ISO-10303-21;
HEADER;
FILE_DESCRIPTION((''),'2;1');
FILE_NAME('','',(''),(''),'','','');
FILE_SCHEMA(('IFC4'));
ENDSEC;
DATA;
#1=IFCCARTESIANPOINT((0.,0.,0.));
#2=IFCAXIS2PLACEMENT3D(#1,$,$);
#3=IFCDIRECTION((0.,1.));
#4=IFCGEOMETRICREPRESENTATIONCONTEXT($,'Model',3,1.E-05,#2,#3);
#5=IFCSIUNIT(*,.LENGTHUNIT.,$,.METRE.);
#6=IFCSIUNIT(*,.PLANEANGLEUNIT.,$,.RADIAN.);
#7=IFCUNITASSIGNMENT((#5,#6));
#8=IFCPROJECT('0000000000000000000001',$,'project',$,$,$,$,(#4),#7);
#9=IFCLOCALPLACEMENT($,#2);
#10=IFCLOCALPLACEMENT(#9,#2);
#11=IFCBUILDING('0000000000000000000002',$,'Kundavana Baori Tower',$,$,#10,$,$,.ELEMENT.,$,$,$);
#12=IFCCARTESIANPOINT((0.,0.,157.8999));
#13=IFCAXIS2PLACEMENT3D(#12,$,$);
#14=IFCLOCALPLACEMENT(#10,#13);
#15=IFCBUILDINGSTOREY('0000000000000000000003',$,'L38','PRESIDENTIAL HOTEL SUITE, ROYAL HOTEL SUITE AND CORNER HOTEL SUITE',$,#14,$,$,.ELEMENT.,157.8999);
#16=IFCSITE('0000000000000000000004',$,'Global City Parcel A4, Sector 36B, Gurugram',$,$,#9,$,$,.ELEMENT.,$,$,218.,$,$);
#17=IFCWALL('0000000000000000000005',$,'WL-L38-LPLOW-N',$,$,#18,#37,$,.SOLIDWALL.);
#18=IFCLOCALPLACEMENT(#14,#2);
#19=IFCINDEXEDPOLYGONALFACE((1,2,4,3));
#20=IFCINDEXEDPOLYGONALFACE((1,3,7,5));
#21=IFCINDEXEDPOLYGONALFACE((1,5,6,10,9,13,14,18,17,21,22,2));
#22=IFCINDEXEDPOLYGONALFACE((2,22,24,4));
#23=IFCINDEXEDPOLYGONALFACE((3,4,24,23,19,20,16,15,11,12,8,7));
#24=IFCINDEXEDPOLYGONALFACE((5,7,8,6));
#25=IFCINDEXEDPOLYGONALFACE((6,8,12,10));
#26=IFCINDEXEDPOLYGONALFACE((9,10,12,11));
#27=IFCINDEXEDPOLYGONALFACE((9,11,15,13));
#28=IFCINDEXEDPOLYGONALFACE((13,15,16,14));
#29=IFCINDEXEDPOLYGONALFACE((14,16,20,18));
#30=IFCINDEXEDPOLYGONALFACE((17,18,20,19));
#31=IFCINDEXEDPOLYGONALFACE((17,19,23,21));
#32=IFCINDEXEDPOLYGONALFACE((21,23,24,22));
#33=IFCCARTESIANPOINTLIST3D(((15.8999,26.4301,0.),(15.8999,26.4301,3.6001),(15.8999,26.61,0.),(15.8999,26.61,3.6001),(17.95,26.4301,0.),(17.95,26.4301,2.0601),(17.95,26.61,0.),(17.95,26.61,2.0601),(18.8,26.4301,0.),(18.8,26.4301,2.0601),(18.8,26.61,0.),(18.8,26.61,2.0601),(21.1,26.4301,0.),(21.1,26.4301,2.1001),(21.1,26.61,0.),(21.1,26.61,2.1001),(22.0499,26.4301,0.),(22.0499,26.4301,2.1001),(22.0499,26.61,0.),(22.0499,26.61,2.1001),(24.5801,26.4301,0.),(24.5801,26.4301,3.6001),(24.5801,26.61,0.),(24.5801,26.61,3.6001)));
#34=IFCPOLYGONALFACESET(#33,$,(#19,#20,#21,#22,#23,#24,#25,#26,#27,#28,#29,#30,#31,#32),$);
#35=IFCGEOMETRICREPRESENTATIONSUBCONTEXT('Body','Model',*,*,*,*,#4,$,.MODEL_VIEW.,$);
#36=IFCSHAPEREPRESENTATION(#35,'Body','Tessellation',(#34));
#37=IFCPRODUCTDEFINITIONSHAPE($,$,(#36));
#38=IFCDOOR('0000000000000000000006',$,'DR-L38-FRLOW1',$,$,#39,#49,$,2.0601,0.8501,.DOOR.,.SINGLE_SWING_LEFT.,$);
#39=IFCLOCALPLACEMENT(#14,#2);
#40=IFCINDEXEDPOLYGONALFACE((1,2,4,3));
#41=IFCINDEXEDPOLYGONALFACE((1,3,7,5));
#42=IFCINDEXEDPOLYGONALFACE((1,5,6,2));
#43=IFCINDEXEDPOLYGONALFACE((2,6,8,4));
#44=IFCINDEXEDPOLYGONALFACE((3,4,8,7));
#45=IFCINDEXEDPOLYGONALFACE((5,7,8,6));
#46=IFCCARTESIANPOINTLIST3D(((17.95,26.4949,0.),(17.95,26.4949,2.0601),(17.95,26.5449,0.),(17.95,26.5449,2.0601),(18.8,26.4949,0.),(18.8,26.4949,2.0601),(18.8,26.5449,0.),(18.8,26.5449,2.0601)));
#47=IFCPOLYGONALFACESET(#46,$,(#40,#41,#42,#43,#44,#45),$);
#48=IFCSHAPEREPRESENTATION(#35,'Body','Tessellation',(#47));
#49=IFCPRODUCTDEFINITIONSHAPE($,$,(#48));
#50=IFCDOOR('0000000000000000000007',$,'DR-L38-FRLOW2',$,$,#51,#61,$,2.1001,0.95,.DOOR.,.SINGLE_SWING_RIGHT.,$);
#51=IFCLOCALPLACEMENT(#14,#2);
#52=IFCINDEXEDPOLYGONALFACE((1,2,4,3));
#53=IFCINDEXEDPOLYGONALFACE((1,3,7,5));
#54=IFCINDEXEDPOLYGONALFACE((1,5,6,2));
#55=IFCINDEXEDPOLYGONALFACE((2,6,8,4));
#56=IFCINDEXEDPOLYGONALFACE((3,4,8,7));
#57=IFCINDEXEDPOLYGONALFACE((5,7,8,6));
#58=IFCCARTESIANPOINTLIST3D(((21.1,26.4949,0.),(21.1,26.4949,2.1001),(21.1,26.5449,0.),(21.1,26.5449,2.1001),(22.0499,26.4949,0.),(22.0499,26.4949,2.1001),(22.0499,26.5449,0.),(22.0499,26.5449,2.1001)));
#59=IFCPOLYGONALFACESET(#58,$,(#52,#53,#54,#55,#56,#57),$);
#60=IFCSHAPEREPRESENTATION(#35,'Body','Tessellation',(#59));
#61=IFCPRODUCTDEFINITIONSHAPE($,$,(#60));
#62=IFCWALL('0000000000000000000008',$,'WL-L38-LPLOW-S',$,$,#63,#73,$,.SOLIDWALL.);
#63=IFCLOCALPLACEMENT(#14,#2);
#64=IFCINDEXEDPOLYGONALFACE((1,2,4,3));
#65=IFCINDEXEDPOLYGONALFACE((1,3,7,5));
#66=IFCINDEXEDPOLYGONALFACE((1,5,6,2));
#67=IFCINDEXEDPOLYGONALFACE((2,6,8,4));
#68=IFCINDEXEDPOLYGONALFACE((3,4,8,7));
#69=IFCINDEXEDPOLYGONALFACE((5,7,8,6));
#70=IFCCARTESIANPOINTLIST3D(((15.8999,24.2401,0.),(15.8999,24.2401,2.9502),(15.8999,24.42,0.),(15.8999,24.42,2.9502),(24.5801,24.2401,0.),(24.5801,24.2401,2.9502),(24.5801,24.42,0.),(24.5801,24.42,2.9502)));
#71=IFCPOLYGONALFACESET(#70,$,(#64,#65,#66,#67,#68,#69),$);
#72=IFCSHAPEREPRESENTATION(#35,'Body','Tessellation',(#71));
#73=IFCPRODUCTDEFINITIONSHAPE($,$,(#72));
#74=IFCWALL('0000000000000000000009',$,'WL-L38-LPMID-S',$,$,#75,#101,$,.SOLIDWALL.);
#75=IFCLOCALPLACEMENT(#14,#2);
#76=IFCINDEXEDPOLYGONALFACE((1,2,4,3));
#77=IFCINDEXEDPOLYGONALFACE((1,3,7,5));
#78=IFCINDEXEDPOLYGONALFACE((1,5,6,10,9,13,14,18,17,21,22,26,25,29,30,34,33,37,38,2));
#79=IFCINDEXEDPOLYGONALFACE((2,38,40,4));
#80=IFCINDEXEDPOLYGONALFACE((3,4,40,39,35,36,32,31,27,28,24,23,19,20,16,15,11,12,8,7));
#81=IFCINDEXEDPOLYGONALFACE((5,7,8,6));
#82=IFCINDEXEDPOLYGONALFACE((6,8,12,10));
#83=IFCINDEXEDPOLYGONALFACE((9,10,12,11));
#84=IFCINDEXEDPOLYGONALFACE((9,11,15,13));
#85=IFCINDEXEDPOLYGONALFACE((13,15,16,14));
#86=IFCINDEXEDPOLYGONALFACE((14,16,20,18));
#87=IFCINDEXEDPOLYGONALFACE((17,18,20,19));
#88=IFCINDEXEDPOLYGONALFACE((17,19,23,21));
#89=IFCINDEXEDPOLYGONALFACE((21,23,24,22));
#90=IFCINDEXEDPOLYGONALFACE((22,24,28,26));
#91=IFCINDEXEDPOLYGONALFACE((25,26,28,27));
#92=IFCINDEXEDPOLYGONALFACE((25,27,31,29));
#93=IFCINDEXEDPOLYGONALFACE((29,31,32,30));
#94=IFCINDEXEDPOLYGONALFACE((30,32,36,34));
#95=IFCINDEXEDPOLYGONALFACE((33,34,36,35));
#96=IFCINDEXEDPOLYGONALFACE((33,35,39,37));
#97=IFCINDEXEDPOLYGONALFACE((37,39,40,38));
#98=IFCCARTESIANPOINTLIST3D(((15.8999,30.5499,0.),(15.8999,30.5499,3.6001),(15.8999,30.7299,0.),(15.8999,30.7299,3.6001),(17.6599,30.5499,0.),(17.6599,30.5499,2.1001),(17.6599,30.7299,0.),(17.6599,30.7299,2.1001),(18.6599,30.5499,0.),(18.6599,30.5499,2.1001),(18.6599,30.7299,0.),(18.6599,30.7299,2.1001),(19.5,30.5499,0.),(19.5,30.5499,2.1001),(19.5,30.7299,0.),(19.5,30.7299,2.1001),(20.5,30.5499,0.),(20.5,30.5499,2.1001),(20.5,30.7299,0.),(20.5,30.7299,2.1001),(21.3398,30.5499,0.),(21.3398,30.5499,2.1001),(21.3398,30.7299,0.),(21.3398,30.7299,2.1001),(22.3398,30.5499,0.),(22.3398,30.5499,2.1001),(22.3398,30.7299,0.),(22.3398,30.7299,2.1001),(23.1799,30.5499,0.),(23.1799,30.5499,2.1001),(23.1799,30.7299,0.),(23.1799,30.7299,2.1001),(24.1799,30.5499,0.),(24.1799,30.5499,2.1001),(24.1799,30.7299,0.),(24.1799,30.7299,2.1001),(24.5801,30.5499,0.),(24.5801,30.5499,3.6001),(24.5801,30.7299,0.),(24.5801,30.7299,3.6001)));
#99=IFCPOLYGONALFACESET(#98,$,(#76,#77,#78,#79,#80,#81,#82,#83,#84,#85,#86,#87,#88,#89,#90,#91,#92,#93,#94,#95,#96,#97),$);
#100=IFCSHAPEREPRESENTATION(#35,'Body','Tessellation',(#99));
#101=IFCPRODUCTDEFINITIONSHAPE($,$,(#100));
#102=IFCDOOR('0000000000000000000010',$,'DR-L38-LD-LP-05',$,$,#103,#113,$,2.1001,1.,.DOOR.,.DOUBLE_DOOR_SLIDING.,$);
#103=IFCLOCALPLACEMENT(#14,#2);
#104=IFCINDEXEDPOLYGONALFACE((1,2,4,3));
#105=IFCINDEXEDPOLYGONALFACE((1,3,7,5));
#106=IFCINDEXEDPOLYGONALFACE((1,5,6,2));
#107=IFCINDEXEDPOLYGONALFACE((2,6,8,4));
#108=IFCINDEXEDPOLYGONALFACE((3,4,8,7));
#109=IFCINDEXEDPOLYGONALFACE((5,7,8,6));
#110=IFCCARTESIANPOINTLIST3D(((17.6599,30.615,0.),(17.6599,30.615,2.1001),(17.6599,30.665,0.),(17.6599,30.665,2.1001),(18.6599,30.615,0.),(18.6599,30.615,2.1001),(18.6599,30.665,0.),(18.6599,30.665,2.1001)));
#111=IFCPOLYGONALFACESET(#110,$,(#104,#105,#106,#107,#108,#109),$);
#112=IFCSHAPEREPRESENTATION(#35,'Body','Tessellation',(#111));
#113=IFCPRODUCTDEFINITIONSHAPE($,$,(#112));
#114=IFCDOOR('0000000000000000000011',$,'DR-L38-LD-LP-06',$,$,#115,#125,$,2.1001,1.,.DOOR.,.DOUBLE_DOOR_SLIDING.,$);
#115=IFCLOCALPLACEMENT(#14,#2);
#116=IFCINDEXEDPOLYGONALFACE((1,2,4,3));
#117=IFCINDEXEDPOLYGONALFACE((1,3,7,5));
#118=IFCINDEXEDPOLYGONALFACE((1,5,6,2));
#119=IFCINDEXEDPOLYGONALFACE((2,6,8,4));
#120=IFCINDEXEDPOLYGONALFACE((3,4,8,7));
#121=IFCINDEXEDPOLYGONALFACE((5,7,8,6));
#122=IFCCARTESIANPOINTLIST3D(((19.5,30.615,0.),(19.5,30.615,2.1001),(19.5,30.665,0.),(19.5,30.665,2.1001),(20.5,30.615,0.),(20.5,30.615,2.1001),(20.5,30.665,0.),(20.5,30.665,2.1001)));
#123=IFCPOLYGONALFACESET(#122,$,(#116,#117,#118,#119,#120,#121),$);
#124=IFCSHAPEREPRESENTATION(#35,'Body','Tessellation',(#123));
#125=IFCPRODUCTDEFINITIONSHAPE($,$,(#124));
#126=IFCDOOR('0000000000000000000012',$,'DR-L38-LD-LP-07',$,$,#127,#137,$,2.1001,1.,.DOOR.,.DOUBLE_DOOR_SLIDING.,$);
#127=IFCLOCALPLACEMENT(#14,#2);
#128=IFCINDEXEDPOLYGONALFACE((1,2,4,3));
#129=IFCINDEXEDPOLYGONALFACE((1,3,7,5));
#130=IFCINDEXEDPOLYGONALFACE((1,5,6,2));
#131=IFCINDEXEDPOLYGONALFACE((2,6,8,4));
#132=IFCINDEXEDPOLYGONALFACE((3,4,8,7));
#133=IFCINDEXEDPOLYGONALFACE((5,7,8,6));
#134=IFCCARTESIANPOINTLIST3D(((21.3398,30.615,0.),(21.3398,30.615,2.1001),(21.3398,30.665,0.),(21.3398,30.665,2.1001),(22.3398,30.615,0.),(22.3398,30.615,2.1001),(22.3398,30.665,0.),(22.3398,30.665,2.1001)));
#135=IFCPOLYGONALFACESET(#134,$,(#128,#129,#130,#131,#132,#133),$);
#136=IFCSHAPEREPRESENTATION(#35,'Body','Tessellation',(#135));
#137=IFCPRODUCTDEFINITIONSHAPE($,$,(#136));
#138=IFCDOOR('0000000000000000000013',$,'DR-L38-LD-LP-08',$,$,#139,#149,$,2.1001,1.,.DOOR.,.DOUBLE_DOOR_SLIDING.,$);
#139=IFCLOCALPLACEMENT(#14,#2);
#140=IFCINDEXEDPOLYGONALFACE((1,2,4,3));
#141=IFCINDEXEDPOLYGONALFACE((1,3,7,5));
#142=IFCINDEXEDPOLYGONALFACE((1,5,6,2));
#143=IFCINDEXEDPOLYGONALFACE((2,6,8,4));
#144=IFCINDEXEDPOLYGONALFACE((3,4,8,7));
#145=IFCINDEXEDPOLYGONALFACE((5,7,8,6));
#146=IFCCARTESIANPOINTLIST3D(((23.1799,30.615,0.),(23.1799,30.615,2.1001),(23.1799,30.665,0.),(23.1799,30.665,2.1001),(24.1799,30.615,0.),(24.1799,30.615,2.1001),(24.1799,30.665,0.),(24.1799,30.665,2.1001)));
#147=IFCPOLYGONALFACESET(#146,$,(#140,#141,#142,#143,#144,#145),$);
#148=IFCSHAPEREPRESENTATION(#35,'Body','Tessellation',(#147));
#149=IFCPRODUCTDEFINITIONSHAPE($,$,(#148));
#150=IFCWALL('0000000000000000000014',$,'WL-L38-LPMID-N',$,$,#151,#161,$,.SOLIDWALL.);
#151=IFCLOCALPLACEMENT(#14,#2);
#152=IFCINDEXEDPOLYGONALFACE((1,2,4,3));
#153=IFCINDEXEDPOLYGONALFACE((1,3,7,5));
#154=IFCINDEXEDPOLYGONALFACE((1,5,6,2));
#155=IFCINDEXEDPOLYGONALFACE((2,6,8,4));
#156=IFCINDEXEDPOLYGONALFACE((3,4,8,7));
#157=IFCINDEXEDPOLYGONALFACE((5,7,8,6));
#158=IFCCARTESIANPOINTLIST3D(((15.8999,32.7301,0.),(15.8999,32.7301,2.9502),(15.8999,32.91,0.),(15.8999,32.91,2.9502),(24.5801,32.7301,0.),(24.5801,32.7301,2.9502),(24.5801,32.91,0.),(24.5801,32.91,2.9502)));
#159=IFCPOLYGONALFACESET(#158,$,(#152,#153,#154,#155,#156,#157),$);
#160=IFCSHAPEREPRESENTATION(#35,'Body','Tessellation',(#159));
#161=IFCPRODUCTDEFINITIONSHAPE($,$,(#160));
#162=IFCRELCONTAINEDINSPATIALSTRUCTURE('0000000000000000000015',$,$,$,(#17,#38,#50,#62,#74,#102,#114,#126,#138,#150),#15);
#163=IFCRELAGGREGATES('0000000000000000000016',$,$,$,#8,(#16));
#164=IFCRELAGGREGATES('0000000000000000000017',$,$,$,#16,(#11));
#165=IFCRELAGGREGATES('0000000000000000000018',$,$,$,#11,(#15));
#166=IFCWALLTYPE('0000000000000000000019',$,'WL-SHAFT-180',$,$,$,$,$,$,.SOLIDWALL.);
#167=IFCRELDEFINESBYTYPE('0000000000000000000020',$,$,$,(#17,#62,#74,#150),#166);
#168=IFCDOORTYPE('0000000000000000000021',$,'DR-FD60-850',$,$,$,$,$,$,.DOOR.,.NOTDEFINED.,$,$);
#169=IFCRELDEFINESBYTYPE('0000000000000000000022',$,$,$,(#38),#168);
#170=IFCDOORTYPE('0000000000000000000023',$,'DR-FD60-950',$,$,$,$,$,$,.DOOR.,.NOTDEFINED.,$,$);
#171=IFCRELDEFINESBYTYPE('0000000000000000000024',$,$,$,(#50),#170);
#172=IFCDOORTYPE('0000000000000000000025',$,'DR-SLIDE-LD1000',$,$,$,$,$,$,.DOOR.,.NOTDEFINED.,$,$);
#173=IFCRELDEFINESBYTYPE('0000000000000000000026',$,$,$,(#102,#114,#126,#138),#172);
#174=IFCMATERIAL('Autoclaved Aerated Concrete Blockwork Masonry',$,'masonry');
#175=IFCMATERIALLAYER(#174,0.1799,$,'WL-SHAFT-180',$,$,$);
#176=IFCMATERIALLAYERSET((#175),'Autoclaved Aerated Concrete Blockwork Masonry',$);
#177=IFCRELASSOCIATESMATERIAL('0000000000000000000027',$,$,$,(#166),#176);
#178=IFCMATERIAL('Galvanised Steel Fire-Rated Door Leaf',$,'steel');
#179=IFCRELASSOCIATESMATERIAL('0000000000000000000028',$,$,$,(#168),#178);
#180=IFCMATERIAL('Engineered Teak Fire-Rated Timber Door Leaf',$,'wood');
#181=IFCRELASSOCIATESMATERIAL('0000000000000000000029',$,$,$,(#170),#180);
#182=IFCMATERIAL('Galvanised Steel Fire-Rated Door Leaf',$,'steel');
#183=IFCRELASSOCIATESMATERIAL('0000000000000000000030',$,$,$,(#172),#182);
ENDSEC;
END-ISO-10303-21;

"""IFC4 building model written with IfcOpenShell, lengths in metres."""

from ifc_helpers import new_model, si_unit, direction, frame, frame_2d, origin, place, context, subcontext, project, spatial, rectangle, extrude, material, layer, layer_set, type_object, element, fill, save


model = new_model("IFC4")

# Units and contexts
model_context = context("Model", 3, precision=1e-05, world=origin(), true_north=direction((0.0, 1.0)))
body_context = subcontext(model_context, "Body", "Model", "MODEL_VIEW")
ifc_project = project(units=[si_unit("LENGTHUNIT", "METRE"), si_unit("PLANEANGLEUNIT", "RADIAN")], contexts=[model_context])

# Site, building, storey
site_placement = place(None, origin())
site = spatial("IfcSite", under=ifc_project, at=site_placement, Name="Global City Parcel A4, Sector 36B, Gurugram", CompositionType="ELEMENT", RefElevation=218.0)
building_placement = place(site_placement, origin())
building = spatial("IfcBuilding", under=site, at=building_placement, Name="Kundavana Baori Tower", CompositionType="ELEMENT")
storey_placement = place(building_placement, frame((0.0, 0.0, 157.8999)))
storey = spatial("IfcBuildingStorey", under=building, at=storey_placement, Name="L38", Description="PRESIDENTIAL HOTEL SUITE, ROYAL HOTEL SUITE AND CORNER HOTEL SUITE", CompositionType="ELEMENT", Elevation=157.8999)

# Wall, openings, doors
ifc_material_1 = material(Name="Autoclaved Aerated Concrete Blockwork Masonry", Category="masonry")
ifc_layer_1 = layer(ifc_material_1, 0.1799, Name="WL-SHAFT-180")
ifc_layer_set_1 = layer_set([ifc_layer_1], Name="Autoclaved Aerated Concrete Blockwork Masonry")
wall_type_1 = type_object("IfcWallType", Name="WL-SHAFT-180", PredefinedType="SOLIDWALL", material=ifc_layer_set_1)
wall_1_placement = place(storey_placement, frame((15.8999, 26.52, 0.0), z_axis=(0.0, 0.0, 1.0), x_axis=(1.0, 0.0, 0.0)))
wall_1 = element("IfcWall", 1, at=wall_1_placement, inside=storey, type_object=wall_type_1, Name="WL-L38-LPLOW-N", PredefinedType="SOLIDWALL", context=body_context, shape_type="SweptSolid", body=[
    extrude(rectangle(XDim=8.6802, YDim=0.1799, at=frame_2d((4.3401, 0.0))), origin(), (0.0, 0.0, 1.0), 3.6001),
])
opening_1_placement = place(wall_1_placement, frame((2.05, 0.0, 0.0)))
opening_1 = element("IfcOpeningElement", 2, at=opening_1_placement, cuts=wall_1, PredefinedType="OPENING", context=body_context, shape_type="SweptSolid", body=[
    extrude(rectangle(XDim=0.8501, YDim=2.0601, at=frame_2d((0.425, 1.03))), frame((0.0, 0.1001, 0.0), z_axis=(0.0, -1.0, 0.0), x_axis=(1.0, 0.0, 0.0)), (0.0, 0.0, 1.0), 0.2),
])
opening_2_placement = place(wall_1_placement, frame((5.2, 0.0, 0.0)))
opening_2 = element("IfcOpeningElement", 3, at=opening_2_placement, cuts=wall_1, PredefinedType="OPENING", context=body_context, shape_type="SweptSolid", body=[
    extrude(rectangle(XDim=0.95, YDim=2.1001, at=frame_2d((0.4751, 1.05))), frame((0.0, 0.1001, 0.0), z_axis=(0.0, -1.0, 0.0), x_axis=(1.0, 0.0, 0.0)), (0.0, 0.0, 1.0), 0.2),
])
ifc_material_2 = material(Name="Galvanised Steel Fire-Rated Door Leaf", Category="steel")
door_type_1 = type_object("IfcDoorType", Name="DR-FD60-850", OperationType="NOTDEFINED", PredefinedType="DOOR", material=ifc_material_2)
door_1_placement = place(opening_1_placement, origin())
door_1 = element("IfcDoor", 4, at=door_1_placement, inside=storey, type_object=door_type_1, Name="DR-L38-FRLOW1", OperationType="SINGLE_SWING_LEFT", OverallHeight=2.0601, OverallWidth=0.8501, PredefinedType="DOOR", context=body_context, shape_type="SweptSolid", body=[
    extrude(rectangle(XDim=0.8501, YDim=2.0601, at=frame_2d((0.425, 1.03))), frame((0.0, 0.0249, 0.0), z_axis=(0.0, -1.0, 0.0), x_axis=(1.0, 0.0, 0.0)), (0.0, 0.0, 1.0), 0.05),
])
fill(opening_1, door_1)
ifc_material_3 = material(Name="Engineered Teak Fire-Rated Timber Door Leaf", Category="wood")
door_type_2 = type_object("IfcDoorType", Name="DR-FD60-950", OperationType="NOTDEFINED", PredefinedType="DOOR", material=ifc_material_3)
door_2_placement = place(opening_2_placement, origin())
door_2 = element("IfcDoor", 5, at=door_2_placement, inside=storey, type_object=door_type_2, Name="DR-L38-FRLOW2", OperationType="SINGLE_SWING_RIGHT", OverallHeight=2.1001, OverallWidth=0.95, PredefinedType="DOOR", context=body_context, shape_type="SweptSolid", body=[
    extrude(rectangle(XDim=0.95, YDim=2.1001, at=frame_2d((0.4751, 1.05))), frame((0.0, 0.0249, 0.0), z_axis=(0.0, -1.0, 0.0), x_axis=(1.0, 0.0, 0.0)), (0.0, 0.0, 1.0), 0.05),
])
fill(opening_2, door_2)

# Wall
wall_2_placement = place(storey_placement, frame((15.8999, 24.3301, 0.0), z_axis=(0.0, 0.0, 1.0), x_axis=(1.0, 0.0, 0.0)))
element("IfcWall", 6, at=wall_2_placement, inside=storey, type_object=wall_type_1, Name="WL-L38-LPLOW-S", PredefinedType="SOLIDWALL", context=body_context, shape_type="SweptSolid", body=[
    extrude(rectangle(XDim=8.6802, YDim=0.1799, at=frame_2d((4.3401, 0.0))), origin(), (0.0, 0.0, 1.0), 2.9502),
])

# Wall, openings, doors
wall_3_placement = place(storey_placement, frame((15.8999, 30.6399, 0.0), z_axis=(0.0, 0.0, 1.0), x_axis=(1.0, 0.0, 0.0)))
wall_3 = element("IfcWall", 7, at=wall_3_placement, inside=storey, type_object=wall_type_1, Name="WL-L38-LPMID-S", PredefinedType="SOLIDWALL", context=body_context, shape_type="SweptSolid", body=[
    extrude(rectangle(XDim=8.6802, YDim=0.1799, at=frame_2d((4.3401, 0.0))), origin(), (0.0, 0.0, 1.0), 3.6001),
])
opening_3_placement = place(wall_3_placement, frame((1.76, 0.0, 0.0)))
opening_3 = element("IfcOpeningElement", 8, at=opening_3_placement, cuts=wall_3, PredefinedType="OPENING", context=body_context, shape_type="SweptSolid", body=[
    extrude(rectangle(XDim=1.0, YDim=2.1001, at=frame_2d((0.5, 1.05))), frame((0.0, 0.1001, 0.0), z_axis=(0.0, -1.0, 0.0), x_axis=(1.0, 0.0, 0.0)), (0.0, 0.0, 1.0), 0.2),
])
opening_4_placement = place(wall_3_placement, frame((3.6001, 0.0, 0.0)))
opening_4 = element("IfcOpeningElement", 9, at=opening_4_placement, cuts=wall_3, PredefinedType="OPENING", context=body_context, shape_type="SweptSolid", body=[
    extrude(rectangle(XDim=1.0, YDim=2.1001, at=frame_2d((0.5, 1.05))), frame((0.0, 0.1001, 0.0), z_axis=(0.0, -1.0, 0.0), x_axis=(1.0, 0.0, 0.0)), (0.0, 0.0, 1.0), 0.2),
])
opening_5_placement = place(wall_3_placement, frame((5.4399, 0.0, 0.0)))
opening_5 = element("IfcOpeningElement", 10, at=opening_5_placement, cuts=wall_3, PredefinedType="OPENING", context=body_context, shape_type="SweptSolid", body=[
    extrude(rectangle(XDim=1.0, YDim=2.1001, at=frame_2d((0.5, 1.05))), frame((0.0, 0.1001, 0.0), z_axis=(0.0, -1.0, 0.0), x_axis=(1.0, 0.0, 0.0)), (0.0, 0.0, 1.0), 0.2),
])
opening_6_placement = place(wall_3_placement, frame((7.28, 0.0, 0.0)))
opening_6 = element("IfcOpeningElement", 11, at=opening_6_placement, cuts=wall_3, PredefinedType="OPENING", context=body_context, shape_type="SweptSolid", body=[
    extrude(rectangle(XDim=1.0, YDim=2.1001, at=frame_2d((0.5, 1.05))), frame((0.0, 0.1001, 0.0), z_axis=(0.0, -1.0, 0.0), x_axis=(1.0, 0.0, 0.0)), (0.0, 0.0, 1.0), 0.2),
])
ifc_material_4 = material(Name="Galvanised Steel Fire-Rated Door Leaf", Category="steel")
door_type_3 = type_object("IfcDoorType", Name="DR-SLIDE-LD1000", OperationType="NOTDEFINED", PredefinedType="DOOR", material=ifc_material_4)
door_3_placement = place(opening_3_placement, frame((1.0, 0.0, 0.0), z_axis=(0.0, 0.0, 1.0), x_axis=(-1.0, 0.0, 0.0)))
door_3 = element("IfcDoor", 12, at=door_3_placement, inside=storey, type_object=door_type_3, Name="DR-L38-LD-LP-05", OperationType="DOUBLE_DOOR_SLIDING", OverallHeight=2.1001, OverallWidth=1.0, PredefinedType="DOOR", context=body_context, shape_type="SweptSolid", body=[
    extrude(rectangle(XDim=1.0, YDim=2.1001, at=frame_2d((0.5, 1.05))), frame((0.0, 0.0249, 0.0), z_axis=(0.0, -1.0, 0.0), x_axis=(1.0, 0.0, 0.0)), (0.0, 0.0, 1.0), 0.05),
])
fill(opening_3, door_3)
door_4_placement = place(opening_4_placement, frame((1.0, 0.0, 0.0), z_axis=(0.0, 0.0, 1.0), x_axis=(-1.0, 0.0, 0.0)))
door_4 = element("IfcDoor", 13, at=door_4_placement, inside=storey, type_object=door_type_3, Name="DR-L38-LD-LP-06", OperationType="DOUBLE_DOOR_SLIDING", OverallHeight=2.1001, OverallWidth=1.0, PredefinedType="DOOR", context=body_context, shape_type="SweptSolid", body=[
    extrude(rectangle(XDim=1.0, YDim=2.1001, at=frame_2d((0.5, 1.05))), frame((0.0, 0.0249, 0.0), z_axis=(0.0, -1.0, 0.0), x_axis=(1.0, 0.0, 0.0)), (0.0, 0.0, 1.0), 0.05),
])
fill(opening_4, door_4)
door_5_placement = place(opening_5_placement, frame((1.0, 0.0, 0.0), z_axis=(0.0, 0.0, 1.0), x_axis=(-1.0, 0.0, 0.0)))
door_5 = element("IfcDoor", 14, at=door_5_placement, inside=storey, type_object=door_type_3, Name="DR-L38-LD-LP-07", OperationType="DOUBLE_DOOR_SLIDING", OverallHeight=2.1001, OverallWidth=1.0, PredefinedType="DOOR", context=body_context, shape_type="SweptSolid", body=[
    extrude(rectangle(XDim=1.0, YDim=2.1001, at=frame_2d((0.5, 1.05))), frame((0.0, 0.0249, 0.0), z_axis=(0.0, -1.0, 0.0), x_axis=(1.0, 0.0, 0.0)), (0.0, 0.0, 1.0), 0.05),
])
fill(opening_5, door_5)
door_6_placement = place(opening_6_placement, frame((1.0, 0.0, 0.0), z_axis=(0.0, 0.0, 1.0), x_axis=(-1.0, 0.0, 0.0)))
door_6 = element("IfcDoor", 15, at=door_6_placement, inside=storey, type_object=door_type_3, Name="DR-L38-LD-LP-08", OperationType="DOUBLE_DOOR_SLIDING", OverallHeight=2.1001, OverallWidth=1.0, PredefinedType="DOOR", context=body_context, shape_type="SweptSolid", body=[
    extrude(rectangle(XDim=1.0, YDim=2.1001, at=frame_2d((0.5, 1.05))), frame((0.0, 0.0249, 0.0), z_axis=(0.0, -1.0, 0.0), x_axis=(1.0, 0.0, 0.0)), (0.0, 0.0, 1.0), 0.05),
])
fill(opening_6, door_6)

# Wall
wall_4_placement = place(storey_placement, frame((15.8999, 32.8201, 0.0), z_axis=(0.0, 0.0, 1.0), x_axis=(1.0, 0.0, 0.0)))
element("IfcWall", 16, at=wall_4_placement, inside=storey, type_object=wall_type_1, Name="WL-L38-LPMID-N", PredefinedType="SOLIDWALL", context=body_context, shape_type="SweptSolid", body=[
    extrude(rectangle(XDim=8.6802, YDim=0.1799, at=frame_2d((4.3401, 0.0))), origin(), (0.0, 0.0, 1.0), 2.9502),
])

save(model, "model.ifc")
